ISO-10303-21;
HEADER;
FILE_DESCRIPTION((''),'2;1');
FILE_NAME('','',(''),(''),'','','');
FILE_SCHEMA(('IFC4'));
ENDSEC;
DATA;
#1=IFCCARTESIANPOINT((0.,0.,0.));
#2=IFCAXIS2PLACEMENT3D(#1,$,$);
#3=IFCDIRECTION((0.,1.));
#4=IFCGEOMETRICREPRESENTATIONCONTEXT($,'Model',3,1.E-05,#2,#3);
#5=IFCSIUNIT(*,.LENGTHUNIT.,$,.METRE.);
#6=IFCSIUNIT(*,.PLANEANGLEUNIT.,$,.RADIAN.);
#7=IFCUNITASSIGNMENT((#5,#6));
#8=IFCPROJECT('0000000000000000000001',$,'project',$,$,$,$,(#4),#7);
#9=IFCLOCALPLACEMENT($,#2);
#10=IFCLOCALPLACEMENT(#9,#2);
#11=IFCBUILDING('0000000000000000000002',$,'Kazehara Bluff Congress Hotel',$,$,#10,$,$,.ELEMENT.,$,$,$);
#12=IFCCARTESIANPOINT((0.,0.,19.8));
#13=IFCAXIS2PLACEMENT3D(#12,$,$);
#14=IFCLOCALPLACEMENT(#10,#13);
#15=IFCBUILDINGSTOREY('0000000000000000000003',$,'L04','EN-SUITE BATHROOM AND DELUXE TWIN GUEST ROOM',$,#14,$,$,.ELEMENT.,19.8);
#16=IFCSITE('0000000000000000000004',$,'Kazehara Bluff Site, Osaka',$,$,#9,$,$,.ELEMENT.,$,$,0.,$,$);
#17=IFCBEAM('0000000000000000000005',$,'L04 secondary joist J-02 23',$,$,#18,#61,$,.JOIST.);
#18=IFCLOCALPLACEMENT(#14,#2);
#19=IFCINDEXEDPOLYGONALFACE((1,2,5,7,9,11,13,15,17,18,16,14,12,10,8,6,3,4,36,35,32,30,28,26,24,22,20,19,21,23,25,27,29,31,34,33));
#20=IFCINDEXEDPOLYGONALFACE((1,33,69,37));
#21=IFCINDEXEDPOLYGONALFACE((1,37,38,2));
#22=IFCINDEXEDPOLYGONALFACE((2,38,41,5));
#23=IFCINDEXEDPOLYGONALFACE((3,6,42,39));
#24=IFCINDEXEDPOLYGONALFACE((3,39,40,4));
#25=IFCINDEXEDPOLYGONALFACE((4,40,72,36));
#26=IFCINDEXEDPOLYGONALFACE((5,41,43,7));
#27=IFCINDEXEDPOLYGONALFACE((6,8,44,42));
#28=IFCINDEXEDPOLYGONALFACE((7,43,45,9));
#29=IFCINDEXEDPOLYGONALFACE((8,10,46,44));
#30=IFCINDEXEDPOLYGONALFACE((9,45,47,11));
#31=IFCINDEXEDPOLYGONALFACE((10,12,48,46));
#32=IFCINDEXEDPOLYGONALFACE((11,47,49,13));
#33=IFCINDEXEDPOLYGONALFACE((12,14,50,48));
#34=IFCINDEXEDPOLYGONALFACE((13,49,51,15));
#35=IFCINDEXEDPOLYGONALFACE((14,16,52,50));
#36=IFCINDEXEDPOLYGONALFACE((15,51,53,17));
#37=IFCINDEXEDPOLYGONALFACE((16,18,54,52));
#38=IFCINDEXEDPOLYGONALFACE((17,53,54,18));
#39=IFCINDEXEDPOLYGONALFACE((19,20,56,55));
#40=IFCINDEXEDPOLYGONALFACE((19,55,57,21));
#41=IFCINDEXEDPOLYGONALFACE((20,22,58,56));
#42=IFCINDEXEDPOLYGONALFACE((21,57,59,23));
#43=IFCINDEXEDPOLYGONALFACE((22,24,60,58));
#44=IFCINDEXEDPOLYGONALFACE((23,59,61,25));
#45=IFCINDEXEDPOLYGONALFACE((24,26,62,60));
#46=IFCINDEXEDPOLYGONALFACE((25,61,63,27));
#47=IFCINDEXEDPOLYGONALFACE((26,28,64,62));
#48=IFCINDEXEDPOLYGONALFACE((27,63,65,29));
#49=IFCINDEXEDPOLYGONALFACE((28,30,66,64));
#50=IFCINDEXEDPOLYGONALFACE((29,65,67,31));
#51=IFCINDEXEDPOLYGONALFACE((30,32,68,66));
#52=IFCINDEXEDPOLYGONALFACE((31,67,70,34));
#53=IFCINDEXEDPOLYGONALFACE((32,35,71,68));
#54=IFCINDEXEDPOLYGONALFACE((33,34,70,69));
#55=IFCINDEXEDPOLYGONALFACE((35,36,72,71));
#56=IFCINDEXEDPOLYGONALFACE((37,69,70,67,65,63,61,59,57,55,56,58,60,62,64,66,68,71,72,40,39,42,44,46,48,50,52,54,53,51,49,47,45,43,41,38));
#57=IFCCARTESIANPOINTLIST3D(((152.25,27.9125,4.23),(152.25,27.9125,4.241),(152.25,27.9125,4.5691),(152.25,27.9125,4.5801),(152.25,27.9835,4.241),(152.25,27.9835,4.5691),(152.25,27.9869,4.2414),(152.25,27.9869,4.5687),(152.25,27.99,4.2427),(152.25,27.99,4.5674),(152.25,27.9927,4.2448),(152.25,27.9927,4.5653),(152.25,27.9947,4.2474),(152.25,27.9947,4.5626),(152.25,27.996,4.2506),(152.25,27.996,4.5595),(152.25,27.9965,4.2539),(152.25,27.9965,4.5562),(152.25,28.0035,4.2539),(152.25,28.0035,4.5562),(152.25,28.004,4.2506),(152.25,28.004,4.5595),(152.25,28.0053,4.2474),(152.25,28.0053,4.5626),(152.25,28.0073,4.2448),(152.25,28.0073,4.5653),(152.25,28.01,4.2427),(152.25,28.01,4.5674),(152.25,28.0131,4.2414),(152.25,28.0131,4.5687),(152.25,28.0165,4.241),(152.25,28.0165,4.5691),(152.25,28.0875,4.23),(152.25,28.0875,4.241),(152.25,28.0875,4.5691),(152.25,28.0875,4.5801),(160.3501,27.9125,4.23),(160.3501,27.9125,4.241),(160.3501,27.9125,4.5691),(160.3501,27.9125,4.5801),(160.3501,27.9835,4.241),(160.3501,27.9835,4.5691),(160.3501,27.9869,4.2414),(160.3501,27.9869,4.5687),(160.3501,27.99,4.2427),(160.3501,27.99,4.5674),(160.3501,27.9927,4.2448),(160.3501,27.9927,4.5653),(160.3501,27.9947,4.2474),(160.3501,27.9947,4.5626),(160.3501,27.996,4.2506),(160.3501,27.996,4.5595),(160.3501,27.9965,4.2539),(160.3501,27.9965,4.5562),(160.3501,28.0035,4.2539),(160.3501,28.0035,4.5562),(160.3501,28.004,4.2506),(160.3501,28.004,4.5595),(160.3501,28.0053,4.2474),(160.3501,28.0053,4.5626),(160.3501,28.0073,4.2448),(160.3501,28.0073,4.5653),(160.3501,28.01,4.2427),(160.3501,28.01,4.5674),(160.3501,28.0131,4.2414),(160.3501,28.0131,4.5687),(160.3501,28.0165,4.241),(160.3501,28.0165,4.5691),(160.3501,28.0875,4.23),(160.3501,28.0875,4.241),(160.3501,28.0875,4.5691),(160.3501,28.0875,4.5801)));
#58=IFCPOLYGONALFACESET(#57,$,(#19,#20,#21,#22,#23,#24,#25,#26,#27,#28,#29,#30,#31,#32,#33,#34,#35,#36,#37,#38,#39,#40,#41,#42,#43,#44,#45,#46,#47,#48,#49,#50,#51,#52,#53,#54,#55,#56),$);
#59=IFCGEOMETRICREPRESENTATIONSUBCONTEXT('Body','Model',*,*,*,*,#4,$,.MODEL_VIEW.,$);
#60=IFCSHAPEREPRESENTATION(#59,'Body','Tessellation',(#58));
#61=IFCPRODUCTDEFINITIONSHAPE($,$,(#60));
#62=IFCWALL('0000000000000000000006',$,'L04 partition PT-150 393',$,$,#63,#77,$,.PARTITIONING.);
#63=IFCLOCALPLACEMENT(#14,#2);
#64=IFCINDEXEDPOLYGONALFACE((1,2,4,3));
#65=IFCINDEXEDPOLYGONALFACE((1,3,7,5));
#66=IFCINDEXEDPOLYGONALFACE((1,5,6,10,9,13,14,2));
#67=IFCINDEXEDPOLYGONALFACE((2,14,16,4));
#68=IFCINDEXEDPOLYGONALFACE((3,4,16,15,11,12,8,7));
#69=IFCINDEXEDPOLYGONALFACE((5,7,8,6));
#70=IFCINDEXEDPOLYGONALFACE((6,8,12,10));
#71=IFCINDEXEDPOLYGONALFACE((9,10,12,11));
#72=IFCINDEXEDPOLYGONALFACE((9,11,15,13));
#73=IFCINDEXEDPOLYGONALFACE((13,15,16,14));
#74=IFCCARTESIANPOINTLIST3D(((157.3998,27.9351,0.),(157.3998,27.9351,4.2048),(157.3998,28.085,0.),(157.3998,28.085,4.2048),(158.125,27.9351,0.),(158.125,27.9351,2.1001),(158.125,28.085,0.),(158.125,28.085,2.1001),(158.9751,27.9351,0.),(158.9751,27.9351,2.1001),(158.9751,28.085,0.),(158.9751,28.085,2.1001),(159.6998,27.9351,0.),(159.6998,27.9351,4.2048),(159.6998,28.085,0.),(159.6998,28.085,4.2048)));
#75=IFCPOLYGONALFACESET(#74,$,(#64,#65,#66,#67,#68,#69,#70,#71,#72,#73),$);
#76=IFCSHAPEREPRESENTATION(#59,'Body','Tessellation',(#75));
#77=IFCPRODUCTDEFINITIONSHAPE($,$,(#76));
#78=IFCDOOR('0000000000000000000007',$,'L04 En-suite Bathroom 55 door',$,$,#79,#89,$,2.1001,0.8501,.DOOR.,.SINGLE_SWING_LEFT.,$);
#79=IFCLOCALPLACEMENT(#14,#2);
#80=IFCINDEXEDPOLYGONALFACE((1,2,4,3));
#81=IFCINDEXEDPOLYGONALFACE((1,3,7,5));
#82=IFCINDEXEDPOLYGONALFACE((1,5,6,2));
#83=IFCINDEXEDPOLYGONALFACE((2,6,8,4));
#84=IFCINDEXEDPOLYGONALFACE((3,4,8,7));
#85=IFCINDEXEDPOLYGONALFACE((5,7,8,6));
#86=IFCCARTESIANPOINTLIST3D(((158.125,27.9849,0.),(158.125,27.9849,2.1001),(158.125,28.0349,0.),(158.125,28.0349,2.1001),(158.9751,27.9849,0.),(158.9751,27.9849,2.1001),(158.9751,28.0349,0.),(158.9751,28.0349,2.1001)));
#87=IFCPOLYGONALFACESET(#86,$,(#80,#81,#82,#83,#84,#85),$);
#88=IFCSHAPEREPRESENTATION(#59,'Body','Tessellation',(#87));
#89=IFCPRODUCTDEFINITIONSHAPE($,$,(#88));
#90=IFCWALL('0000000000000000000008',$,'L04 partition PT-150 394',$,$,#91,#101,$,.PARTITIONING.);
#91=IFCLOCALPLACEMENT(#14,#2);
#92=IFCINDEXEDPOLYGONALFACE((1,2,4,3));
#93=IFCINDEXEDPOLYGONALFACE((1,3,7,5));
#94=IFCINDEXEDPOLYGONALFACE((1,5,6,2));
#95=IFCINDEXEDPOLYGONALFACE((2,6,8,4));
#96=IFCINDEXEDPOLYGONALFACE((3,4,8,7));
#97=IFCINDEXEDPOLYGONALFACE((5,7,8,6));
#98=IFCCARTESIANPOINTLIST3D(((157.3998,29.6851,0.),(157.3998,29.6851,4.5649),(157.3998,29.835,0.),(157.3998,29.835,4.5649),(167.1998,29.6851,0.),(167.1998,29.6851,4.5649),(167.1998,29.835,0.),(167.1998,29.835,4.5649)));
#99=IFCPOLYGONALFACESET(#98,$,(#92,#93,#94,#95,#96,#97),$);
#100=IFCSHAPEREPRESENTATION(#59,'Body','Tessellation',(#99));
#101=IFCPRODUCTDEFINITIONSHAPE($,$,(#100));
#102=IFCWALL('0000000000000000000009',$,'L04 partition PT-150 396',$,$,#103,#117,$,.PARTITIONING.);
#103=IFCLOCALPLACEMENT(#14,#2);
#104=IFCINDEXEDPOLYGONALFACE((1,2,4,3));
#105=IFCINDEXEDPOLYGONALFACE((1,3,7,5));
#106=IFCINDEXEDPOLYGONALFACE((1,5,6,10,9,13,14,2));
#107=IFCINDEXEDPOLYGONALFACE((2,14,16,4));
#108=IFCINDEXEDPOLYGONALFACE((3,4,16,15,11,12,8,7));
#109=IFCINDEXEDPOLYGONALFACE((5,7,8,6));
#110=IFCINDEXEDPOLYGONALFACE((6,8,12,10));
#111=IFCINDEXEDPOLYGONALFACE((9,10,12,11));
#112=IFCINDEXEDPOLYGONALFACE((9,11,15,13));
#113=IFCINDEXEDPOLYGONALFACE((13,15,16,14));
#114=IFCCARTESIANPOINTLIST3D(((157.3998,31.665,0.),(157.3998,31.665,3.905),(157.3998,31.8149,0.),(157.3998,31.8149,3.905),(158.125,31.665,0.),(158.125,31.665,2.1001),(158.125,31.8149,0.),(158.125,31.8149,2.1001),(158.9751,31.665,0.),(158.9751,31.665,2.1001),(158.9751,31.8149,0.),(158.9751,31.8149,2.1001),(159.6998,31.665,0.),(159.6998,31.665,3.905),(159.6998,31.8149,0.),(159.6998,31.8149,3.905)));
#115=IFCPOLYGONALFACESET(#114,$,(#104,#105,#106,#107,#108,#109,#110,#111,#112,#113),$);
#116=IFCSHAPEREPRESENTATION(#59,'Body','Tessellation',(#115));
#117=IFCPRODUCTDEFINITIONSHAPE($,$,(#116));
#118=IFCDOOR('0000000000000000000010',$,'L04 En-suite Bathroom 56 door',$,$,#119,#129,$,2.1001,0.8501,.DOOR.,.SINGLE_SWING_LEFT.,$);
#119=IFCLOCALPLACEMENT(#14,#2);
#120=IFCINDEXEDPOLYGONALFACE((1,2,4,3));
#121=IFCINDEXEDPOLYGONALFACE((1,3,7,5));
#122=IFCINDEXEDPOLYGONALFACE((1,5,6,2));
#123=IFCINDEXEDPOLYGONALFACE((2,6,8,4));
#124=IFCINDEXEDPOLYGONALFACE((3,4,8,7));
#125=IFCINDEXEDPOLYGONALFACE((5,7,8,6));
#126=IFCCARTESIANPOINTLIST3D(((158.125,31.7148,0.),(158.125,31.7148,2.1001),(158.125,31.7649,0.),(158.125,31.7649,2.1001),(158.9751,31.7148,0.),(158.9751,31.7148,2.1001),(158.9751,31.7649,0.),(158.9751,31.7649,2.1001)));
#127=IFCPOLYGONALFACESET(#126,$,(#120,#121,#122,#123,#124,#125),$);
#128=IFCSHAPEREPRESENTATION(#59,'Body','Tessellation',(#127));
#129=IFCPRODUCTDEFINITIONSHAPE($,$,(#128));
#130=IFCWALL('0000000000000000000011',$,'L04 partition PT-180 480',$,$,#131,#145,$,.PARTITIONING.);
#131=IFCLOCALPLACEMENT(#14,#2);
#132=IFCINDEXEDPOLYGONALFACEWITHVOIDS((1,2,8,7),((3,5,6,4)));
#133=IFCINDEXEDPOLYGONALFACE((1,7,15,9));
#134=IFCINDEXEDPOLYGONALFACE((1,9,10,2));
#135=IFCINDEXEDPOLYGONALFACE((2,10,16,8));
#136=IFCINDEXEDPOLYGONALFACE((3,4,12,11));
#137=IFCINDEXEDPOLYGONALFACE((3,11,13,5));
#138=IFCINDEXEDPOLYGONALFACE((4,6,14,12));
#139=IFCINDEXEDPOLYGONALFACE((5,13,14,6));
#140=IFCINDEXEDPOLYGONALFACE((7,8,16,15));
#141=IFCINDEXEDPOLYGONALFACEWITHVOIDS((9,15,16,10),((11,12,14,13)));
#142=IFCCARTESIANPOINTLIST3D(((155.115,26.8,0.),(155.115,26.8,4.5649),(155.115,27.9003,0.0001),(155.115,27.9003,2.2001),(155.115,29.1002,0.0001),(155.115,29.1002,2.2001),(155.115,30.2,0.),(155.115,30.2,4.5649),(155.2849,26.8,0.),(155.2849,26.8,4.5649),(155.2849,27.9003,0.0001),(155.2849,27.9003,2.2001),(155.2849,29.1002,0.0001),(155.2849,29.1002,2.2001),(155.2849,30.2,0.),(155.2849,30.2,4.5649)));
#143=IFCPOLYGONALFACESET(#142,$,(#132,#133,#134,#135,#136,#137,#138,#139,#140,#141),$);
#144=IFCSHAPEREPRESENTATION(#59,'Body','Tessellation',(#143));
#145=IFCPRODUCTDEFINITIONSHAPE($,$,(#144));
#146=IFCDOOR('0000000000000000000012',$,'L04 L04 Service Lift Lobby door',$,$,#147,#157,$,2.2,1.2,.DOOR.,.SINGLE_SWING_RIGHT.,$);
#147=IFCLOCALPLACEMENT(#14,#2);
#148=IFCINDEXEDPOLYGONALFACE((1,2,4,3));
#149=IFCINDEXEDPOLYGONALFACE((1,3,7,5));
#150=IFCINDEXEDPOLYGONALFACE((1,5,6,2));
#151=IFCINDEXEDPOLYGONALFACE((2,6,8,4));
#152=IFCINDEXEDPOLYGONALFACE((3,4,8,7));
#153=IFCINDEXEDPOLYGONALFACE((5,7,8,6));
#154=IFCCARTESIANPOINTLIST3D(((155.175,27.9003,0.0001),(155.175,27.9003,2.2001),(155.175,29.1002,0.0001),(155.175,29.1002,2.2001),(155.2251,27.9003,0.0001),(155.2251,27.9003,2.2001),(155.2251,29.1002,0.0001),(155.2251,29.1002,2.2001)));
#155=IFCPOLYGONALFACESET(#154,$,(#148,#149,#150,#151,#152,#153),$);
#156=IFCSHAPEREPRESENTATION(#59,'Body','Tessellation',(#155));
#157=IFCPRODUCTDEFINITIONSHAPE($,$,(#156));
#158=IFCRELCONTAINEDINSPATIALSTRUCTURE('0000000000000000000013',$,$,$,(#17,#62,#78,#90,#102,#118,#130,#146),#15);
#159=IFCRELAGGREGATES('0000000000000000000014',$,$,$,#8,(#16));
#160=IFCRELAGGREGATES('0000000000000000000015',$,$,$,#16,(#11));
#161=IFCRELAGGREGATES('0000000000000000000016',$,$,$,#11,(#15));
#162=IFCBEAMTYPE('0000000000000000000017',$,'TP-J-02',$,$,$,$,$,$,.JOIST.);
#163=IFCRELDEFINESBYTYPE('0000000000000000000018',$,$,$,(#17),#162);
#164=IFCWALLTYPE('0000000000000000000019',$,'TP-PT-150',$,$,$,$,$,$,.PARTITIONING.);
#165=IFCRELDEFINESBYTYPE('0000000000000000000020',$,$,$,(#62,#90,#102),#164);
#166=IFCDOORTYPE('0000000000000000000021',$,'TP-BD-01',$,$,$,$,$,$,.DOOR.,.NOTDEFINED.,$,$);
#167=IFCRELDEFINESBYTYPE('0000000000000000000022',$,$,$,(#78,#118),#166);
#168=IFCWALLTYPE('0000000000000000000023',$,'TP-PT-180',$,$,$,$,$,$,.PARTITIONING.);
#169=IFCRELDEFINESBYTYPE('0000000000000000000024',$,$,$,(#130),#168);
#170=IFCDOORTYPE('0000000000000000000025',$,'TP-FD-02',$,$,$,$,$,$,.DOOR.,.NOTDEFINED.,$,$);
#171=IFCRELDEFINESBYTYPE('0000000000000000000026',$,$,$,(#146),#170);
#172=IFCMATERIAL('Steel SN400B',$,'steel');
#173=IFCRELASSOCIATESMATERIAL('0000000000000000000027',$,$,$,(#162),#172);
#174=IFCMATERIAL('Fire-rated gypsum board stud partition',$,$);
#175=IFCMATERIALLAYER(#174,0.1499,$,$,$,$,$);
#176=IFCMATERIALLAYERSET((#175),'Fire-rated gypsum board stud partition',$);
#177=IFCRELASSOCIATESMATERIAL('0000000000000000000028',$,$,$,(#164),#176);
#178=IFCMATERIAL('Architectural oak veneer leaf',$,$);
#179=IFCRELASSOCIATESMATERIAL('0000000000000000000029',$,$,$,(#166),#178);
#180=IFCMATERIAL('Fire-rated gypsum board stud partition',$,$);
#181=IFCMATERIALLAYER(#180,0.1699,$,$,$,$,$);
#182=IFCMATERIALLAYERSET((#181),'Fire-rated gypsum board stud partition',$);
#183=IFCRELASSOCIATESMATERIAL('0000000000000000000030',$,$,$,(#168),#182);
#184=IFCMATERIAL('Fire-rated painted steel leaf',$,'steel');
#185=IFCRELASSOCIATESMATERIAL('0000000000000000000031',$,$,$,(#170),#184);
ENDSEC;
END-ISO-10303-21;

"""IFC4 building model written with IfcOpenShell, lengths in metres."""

from ifc_helpers import new_model, si_unit, direction, frame, frame_2d, origin, origin_2d, place, context, subcontext, project, spatial, rectangle, i_section, extrude, material, layer, layer_set, material_profile, profile_set, type_object, element, fill, save


model = new_model("IFC4")

# Units and contexts
model_context = context("Model", 3, precision=1e-05, world=origin(), true_north=direction((0.0, 1.0)))
body_context = subcontext(model_context, "Body", "Model", "MODEL_VIEW")
ifc_project = project(units=[si_unit("LENGTHUNIT", "METRE"), si_unit("PLANEANGLEUNIT", "RADIAN")], contexts=[model_context])

# Site, building, storey
site_placement = place(None, origin())
site = spatial("IfcSite", under=ifc_project, at=site_placement, Name="Kazehara Bluff Site, Osaka", CompositionType="ELEMENT", RefElevation=0.0)
building_placement = place(site_placement, origin())
building = spatial("IfcBuilding", under=site, at=building_placement, Name="Kazehara Bluff Congress Hotel", CompositionType="ELEMENT")
storey_placement = place(building_placement, frame((0.0, 0.0, 19.8)))
storey = spatial("IfcBuildingStorey", under=building, at=storey_placement, Name="L04", Description="EN-SUITE BATHROOM AND DELUXE TWIN GUEST ROOM", CompositionType="ELEMENT", Elevation=19.8)

# Beam
ifc_material_1 = material(Name="Steel SN400B", Category="steel")
ifc_material_profile = material_profile(ifc_material_1, i_section(OverallWidth=0.175, OverallDepth=0.3501, WebThickness=0.0071, FlangeThickness=0.011, FilletRadius=0.0129, at=origin_2d()))
ifc_profile_set = profile_set([ifc_material_profile], Name="Steel SN400B")
beam_type = type_object("IfcBeamType", Name="TP-J-02", PredefinedType="JOIST", material=ifc_profile_set)
beam_placement = place(storey_placement, frame((152.25, 28.0, 4.405), z_axis=(1.0, 0.0, 0.0), x_axis=(0.0, 1.0, 0.0)))
element("IfcBeam", 1, at=beam_placement, inside=storey, type_object=beam_type, Name="L04 secondary joist J-02 23", PredefinedType="JOIST", context=body_context, shape_type="SweptSolid", body=[
    extrude(i_section(OverallWidth=0.175, OverallDepth=0.3501, WebThickness=0.0071, FlangeThickness=0.011, FilletRadius=0.0129, at=origin_2d()), origin(), (0.0, 0.0, 1.0), 8.1001),
])

# Wall, opening, door
ifc_material_2 = material(Name="Fire-rated gypsum board stud partition")
ifc_layer_1 = layer(ifc_material_2, 0.1499)
ifc_layer_set_1 = layer_set([ifc_layer_1], Name="Fire-rated gypsum board stud partition")
wall_type_1 = type_object("IfcWallType", Name="TP-PT-150", PredefinedType="PARTITIONING", material=ifc_layer_set_1)
wall_1_placement = place(storey_placement, frame((157.3999, 28.01, 0.0), z_axis=(0.0, 0.0, 1.0), x_axis=(1.0, 0.0, 0.0)))
wall_1 = element("IfcWall", 2, at=wall_1_placement, inside=storey, type_object=wall_type_1, Name="L04 partition PT-150 393", PredefinedType="PARTITIONING", context=body_context, shape_type="SweptSolid", body=[
    extrude(rectangle(XDim=2.3, YDim=0.1499, at=frame_2d((1.1499, 0.0))), origin(), (0.0, 0.0, 1.0), 4.2048),
])
opening_1_placement = place(wall_1_placement, frame((0.7251, 0.0, 0.0)))
opening_1 = element("IfcOpeningElement", 3, at=opening_1_placement, cuts=wall_1, PredefinedType="OPENING", context=body_context, shape_type="SweptSolid", body=[
    extrude(rectangle(XDim=0.8501, YDim=2.1001, at=frame_2d((0.425, 1.05))), frame((0.0, 0.085, 0.0), z_axis=(0.0, -1.0, 0.0), x_axis=(1.0, 0.0, 0.0)), (0.0, 0.0, 1.0), 0.1699),
])
ifc_material_3 = material(Name="Architectural oak veneer leaf")
door_type_1 = type_object("IfcDoorType", Name="TP-BD-01", OperationType="NOTDEFINED", PredefinedType="DOOR", material=ifc_material_3)
door_1_placement = place(opening_1_placement, origin())
door_1 = element("IfcDoor", 4, at=door_1_placement, inside=storey, type_object=door_type_1, Name="L04 En-suite Bathroom 55 door", OperationType="SINGLE_SWING_LEFT", OverallHeight=2.1001, OverallWidth=0.8501, PredefinedType="DOOR", context=body_context, shape_type="SweptSolid", body=[
    extrude(rectangle(XDim=0.8501, YDim=2.1001, at=frame_2d((0.425, 1.05))), frame((0.0, 0.0249, 0.0), z_axis=(0.0, -1.0, 0.0), x_axis=(1.0, 0.0, 0.0)), (0.0, 0.0, 1.0), 0.05),
])
fill(opening_1, door_1)

# Wall
wall_2_placement = place(storey_placement, frame((157.3999, 29.76, 0.0), z_axis=(0.0, 0.0, 1.0), x_axis=(1.0, 0.0, 0.0)))
element("IfcWall", 5, at=wall_2_placement, inside=storey, type_object=wall_type_1, Name="L04 partition PT-150 394", PredefinedType="PARTITIONING", context=body_context, shape_type="SweptSolid", body=[
    extrude(rectangle(XDim=9.8, YDim=0.1499, at=frame_2d((4.8999, 0.0))), origin(), (0.0, 0.0, 1.0), 4.5649),
])

# Walls, openings, doors
wall_3_placement = place(storey_placement, frame((157.3999, 31.74, 0.0), z_axis=(0.0, 0.0, 1.0), x_axis=(1.0, 0.0, 0.0)))
wall_3 = element("IfcWall", 6, at=wall_3_placement, inside=storey, type_object=wall_type_1, Name="L04 partition PT-150 396", PredefinedType="PARTITIONING", context=body_context, shape_type="SweptSolid", body=[
    extrude(rectangle(XDim=2.3, YDim=0.1499, at=frame_2d((1.1499, 0.0))), origin(), (0.0, 0.0, 1.0), 3.905),
])
opening_2_placement = place(wall_3_placement, frame((0.7251, 0.0, 0.0)))
opening_2 = element("IfcOpeningElement", 7, at=opening_2_placement, cuts=wall_3, PredefinedType="OPENING", context=body_context, shape_type="SweptSolid", body=[
    extrude(rectangle(XDim=0.8501, YDim=2.1001, at=frame_2d((0.425, 1.05))), frame((0.0, 0.085, 0.0), z_axis=(0.0, -1.0, 0.0), x_axis=(1.0, 0.0, 0.0)), (0.0, 0.0, 1.0), 0.1699),
])
door_2_placement = place(opening_2_placement, origin())
door_2 = element("IfcDoor", 8, at=door_2_placement, inside=storey, type_object=door_type_1, Name="L04 En-suite Bathroom 56 door", OperationType="SINGLE_SWING_LEFT", OverallHeight=2.1001, OverallWidth=0.8501, PredefinedType="DOOR", context=body_context, shape_type="SweptSolid", body=[
    extrude(rectangle(XDim=0.8501, YDim=2.1001, at=frame_2d((0.425, 1.05))), frame((0.0, 0.0249, 0.0), z_axis=(0.0, -1.0, 0.0), x_axis=(1.0, 0.0, 0.0)), (0.0, 0.0, 1.0), 0.05),
])
fill(opening_2, door_2)
ifc_material_4 = material(Name="Fire-rated gypsum board stud partition")
ifc_layer_2 = layer(ifc_material_4, 0.1699)
ifc_layer_set_2 = layer_set([ifc_layer_2], Name="Fire-rated gypsum board stud partition")
wall_type_2 = type_object("IfcWallType", Name="TP-PT-180", PredefinedType="PARTITIONING", material=ifc_layer_set_2)
wall_4_placement = place(storey_placement, frame((155.2, 26.8, 0.0), z_axis=(0.0, 0.0, 1.0), x_axis=(0.0, 1.0, 0.0)))
wall_4 = element("IfcWall", 9, at=wall_4_placement, inside=storey, type_object=wall_type_2, Name="L04 partition PT-180 480", PredefinedType="PARTITIONING", context=body_context, shape_type="SweptSolid", body=[
    extrude(rectangle(XDim=3.3999, YDim=0.1699, at=frame_2d((1.7, 0.0))), origin(), (0.0, 0.0, 1.0), 4.5649),
])
opening_3_placement = place(wall_4_placement, frame((1.1001, 0.0, 0.0)))
opening_3 = element("IfcOpeningElement", 10, at=opening_3_placement, cuts=wall_4, PredefinedType="OPENING", context=body_context, shape_type="SweptSolid", body=[
    extrude(rectangle(XDim=1.2, YDim=2.2, at=frame_2d((0.6001, 1.1001))), frame((0.0, 0.095, 0.0), z_axis=(0.0, -1.0, 0.0), x_axis=(1.0, 0.0, 0.0)), (0.0, 0.0, 1.0), 0.1899),
])
ifc_material_5 = material(Name="Fire-rated painted steel leaf", Category="steel")
door_type_2 = type_object("IfcDoorType", Name="TP-FD-02", OperationType="NOTDEFINED", PredefinedType="DOOR", material=ifc_material_5)
door_3_placement = place(opening_3_placement, origin())
door_3 = element("IfcDoor", 11, at=door_3_placement, inside=storey, type_object=door_type_2, Name="L04 L04 Service Lift Lobby door", OperationType="SINGLE_SWING_RIGHT", OverallHeight=2.2, OverallWidth=1.2, PredefinedType="DOOR", context=body_context, shape_type="SweptSolid", body=[
    extrude(rectangle(XDim=1.2, YDim=2.2, at=frame_2d((0.6001, 1.1001))), frame((0.0, 0.0249, 0.0), z_axis=(0.0, -1.0, 0.0), x_axis=(1.0, 0.0, 0.0)), (0.0, 0.0, 1.0), 0.05),
])
fill(opening_3, door_3)

save(model, "model.ifc")
